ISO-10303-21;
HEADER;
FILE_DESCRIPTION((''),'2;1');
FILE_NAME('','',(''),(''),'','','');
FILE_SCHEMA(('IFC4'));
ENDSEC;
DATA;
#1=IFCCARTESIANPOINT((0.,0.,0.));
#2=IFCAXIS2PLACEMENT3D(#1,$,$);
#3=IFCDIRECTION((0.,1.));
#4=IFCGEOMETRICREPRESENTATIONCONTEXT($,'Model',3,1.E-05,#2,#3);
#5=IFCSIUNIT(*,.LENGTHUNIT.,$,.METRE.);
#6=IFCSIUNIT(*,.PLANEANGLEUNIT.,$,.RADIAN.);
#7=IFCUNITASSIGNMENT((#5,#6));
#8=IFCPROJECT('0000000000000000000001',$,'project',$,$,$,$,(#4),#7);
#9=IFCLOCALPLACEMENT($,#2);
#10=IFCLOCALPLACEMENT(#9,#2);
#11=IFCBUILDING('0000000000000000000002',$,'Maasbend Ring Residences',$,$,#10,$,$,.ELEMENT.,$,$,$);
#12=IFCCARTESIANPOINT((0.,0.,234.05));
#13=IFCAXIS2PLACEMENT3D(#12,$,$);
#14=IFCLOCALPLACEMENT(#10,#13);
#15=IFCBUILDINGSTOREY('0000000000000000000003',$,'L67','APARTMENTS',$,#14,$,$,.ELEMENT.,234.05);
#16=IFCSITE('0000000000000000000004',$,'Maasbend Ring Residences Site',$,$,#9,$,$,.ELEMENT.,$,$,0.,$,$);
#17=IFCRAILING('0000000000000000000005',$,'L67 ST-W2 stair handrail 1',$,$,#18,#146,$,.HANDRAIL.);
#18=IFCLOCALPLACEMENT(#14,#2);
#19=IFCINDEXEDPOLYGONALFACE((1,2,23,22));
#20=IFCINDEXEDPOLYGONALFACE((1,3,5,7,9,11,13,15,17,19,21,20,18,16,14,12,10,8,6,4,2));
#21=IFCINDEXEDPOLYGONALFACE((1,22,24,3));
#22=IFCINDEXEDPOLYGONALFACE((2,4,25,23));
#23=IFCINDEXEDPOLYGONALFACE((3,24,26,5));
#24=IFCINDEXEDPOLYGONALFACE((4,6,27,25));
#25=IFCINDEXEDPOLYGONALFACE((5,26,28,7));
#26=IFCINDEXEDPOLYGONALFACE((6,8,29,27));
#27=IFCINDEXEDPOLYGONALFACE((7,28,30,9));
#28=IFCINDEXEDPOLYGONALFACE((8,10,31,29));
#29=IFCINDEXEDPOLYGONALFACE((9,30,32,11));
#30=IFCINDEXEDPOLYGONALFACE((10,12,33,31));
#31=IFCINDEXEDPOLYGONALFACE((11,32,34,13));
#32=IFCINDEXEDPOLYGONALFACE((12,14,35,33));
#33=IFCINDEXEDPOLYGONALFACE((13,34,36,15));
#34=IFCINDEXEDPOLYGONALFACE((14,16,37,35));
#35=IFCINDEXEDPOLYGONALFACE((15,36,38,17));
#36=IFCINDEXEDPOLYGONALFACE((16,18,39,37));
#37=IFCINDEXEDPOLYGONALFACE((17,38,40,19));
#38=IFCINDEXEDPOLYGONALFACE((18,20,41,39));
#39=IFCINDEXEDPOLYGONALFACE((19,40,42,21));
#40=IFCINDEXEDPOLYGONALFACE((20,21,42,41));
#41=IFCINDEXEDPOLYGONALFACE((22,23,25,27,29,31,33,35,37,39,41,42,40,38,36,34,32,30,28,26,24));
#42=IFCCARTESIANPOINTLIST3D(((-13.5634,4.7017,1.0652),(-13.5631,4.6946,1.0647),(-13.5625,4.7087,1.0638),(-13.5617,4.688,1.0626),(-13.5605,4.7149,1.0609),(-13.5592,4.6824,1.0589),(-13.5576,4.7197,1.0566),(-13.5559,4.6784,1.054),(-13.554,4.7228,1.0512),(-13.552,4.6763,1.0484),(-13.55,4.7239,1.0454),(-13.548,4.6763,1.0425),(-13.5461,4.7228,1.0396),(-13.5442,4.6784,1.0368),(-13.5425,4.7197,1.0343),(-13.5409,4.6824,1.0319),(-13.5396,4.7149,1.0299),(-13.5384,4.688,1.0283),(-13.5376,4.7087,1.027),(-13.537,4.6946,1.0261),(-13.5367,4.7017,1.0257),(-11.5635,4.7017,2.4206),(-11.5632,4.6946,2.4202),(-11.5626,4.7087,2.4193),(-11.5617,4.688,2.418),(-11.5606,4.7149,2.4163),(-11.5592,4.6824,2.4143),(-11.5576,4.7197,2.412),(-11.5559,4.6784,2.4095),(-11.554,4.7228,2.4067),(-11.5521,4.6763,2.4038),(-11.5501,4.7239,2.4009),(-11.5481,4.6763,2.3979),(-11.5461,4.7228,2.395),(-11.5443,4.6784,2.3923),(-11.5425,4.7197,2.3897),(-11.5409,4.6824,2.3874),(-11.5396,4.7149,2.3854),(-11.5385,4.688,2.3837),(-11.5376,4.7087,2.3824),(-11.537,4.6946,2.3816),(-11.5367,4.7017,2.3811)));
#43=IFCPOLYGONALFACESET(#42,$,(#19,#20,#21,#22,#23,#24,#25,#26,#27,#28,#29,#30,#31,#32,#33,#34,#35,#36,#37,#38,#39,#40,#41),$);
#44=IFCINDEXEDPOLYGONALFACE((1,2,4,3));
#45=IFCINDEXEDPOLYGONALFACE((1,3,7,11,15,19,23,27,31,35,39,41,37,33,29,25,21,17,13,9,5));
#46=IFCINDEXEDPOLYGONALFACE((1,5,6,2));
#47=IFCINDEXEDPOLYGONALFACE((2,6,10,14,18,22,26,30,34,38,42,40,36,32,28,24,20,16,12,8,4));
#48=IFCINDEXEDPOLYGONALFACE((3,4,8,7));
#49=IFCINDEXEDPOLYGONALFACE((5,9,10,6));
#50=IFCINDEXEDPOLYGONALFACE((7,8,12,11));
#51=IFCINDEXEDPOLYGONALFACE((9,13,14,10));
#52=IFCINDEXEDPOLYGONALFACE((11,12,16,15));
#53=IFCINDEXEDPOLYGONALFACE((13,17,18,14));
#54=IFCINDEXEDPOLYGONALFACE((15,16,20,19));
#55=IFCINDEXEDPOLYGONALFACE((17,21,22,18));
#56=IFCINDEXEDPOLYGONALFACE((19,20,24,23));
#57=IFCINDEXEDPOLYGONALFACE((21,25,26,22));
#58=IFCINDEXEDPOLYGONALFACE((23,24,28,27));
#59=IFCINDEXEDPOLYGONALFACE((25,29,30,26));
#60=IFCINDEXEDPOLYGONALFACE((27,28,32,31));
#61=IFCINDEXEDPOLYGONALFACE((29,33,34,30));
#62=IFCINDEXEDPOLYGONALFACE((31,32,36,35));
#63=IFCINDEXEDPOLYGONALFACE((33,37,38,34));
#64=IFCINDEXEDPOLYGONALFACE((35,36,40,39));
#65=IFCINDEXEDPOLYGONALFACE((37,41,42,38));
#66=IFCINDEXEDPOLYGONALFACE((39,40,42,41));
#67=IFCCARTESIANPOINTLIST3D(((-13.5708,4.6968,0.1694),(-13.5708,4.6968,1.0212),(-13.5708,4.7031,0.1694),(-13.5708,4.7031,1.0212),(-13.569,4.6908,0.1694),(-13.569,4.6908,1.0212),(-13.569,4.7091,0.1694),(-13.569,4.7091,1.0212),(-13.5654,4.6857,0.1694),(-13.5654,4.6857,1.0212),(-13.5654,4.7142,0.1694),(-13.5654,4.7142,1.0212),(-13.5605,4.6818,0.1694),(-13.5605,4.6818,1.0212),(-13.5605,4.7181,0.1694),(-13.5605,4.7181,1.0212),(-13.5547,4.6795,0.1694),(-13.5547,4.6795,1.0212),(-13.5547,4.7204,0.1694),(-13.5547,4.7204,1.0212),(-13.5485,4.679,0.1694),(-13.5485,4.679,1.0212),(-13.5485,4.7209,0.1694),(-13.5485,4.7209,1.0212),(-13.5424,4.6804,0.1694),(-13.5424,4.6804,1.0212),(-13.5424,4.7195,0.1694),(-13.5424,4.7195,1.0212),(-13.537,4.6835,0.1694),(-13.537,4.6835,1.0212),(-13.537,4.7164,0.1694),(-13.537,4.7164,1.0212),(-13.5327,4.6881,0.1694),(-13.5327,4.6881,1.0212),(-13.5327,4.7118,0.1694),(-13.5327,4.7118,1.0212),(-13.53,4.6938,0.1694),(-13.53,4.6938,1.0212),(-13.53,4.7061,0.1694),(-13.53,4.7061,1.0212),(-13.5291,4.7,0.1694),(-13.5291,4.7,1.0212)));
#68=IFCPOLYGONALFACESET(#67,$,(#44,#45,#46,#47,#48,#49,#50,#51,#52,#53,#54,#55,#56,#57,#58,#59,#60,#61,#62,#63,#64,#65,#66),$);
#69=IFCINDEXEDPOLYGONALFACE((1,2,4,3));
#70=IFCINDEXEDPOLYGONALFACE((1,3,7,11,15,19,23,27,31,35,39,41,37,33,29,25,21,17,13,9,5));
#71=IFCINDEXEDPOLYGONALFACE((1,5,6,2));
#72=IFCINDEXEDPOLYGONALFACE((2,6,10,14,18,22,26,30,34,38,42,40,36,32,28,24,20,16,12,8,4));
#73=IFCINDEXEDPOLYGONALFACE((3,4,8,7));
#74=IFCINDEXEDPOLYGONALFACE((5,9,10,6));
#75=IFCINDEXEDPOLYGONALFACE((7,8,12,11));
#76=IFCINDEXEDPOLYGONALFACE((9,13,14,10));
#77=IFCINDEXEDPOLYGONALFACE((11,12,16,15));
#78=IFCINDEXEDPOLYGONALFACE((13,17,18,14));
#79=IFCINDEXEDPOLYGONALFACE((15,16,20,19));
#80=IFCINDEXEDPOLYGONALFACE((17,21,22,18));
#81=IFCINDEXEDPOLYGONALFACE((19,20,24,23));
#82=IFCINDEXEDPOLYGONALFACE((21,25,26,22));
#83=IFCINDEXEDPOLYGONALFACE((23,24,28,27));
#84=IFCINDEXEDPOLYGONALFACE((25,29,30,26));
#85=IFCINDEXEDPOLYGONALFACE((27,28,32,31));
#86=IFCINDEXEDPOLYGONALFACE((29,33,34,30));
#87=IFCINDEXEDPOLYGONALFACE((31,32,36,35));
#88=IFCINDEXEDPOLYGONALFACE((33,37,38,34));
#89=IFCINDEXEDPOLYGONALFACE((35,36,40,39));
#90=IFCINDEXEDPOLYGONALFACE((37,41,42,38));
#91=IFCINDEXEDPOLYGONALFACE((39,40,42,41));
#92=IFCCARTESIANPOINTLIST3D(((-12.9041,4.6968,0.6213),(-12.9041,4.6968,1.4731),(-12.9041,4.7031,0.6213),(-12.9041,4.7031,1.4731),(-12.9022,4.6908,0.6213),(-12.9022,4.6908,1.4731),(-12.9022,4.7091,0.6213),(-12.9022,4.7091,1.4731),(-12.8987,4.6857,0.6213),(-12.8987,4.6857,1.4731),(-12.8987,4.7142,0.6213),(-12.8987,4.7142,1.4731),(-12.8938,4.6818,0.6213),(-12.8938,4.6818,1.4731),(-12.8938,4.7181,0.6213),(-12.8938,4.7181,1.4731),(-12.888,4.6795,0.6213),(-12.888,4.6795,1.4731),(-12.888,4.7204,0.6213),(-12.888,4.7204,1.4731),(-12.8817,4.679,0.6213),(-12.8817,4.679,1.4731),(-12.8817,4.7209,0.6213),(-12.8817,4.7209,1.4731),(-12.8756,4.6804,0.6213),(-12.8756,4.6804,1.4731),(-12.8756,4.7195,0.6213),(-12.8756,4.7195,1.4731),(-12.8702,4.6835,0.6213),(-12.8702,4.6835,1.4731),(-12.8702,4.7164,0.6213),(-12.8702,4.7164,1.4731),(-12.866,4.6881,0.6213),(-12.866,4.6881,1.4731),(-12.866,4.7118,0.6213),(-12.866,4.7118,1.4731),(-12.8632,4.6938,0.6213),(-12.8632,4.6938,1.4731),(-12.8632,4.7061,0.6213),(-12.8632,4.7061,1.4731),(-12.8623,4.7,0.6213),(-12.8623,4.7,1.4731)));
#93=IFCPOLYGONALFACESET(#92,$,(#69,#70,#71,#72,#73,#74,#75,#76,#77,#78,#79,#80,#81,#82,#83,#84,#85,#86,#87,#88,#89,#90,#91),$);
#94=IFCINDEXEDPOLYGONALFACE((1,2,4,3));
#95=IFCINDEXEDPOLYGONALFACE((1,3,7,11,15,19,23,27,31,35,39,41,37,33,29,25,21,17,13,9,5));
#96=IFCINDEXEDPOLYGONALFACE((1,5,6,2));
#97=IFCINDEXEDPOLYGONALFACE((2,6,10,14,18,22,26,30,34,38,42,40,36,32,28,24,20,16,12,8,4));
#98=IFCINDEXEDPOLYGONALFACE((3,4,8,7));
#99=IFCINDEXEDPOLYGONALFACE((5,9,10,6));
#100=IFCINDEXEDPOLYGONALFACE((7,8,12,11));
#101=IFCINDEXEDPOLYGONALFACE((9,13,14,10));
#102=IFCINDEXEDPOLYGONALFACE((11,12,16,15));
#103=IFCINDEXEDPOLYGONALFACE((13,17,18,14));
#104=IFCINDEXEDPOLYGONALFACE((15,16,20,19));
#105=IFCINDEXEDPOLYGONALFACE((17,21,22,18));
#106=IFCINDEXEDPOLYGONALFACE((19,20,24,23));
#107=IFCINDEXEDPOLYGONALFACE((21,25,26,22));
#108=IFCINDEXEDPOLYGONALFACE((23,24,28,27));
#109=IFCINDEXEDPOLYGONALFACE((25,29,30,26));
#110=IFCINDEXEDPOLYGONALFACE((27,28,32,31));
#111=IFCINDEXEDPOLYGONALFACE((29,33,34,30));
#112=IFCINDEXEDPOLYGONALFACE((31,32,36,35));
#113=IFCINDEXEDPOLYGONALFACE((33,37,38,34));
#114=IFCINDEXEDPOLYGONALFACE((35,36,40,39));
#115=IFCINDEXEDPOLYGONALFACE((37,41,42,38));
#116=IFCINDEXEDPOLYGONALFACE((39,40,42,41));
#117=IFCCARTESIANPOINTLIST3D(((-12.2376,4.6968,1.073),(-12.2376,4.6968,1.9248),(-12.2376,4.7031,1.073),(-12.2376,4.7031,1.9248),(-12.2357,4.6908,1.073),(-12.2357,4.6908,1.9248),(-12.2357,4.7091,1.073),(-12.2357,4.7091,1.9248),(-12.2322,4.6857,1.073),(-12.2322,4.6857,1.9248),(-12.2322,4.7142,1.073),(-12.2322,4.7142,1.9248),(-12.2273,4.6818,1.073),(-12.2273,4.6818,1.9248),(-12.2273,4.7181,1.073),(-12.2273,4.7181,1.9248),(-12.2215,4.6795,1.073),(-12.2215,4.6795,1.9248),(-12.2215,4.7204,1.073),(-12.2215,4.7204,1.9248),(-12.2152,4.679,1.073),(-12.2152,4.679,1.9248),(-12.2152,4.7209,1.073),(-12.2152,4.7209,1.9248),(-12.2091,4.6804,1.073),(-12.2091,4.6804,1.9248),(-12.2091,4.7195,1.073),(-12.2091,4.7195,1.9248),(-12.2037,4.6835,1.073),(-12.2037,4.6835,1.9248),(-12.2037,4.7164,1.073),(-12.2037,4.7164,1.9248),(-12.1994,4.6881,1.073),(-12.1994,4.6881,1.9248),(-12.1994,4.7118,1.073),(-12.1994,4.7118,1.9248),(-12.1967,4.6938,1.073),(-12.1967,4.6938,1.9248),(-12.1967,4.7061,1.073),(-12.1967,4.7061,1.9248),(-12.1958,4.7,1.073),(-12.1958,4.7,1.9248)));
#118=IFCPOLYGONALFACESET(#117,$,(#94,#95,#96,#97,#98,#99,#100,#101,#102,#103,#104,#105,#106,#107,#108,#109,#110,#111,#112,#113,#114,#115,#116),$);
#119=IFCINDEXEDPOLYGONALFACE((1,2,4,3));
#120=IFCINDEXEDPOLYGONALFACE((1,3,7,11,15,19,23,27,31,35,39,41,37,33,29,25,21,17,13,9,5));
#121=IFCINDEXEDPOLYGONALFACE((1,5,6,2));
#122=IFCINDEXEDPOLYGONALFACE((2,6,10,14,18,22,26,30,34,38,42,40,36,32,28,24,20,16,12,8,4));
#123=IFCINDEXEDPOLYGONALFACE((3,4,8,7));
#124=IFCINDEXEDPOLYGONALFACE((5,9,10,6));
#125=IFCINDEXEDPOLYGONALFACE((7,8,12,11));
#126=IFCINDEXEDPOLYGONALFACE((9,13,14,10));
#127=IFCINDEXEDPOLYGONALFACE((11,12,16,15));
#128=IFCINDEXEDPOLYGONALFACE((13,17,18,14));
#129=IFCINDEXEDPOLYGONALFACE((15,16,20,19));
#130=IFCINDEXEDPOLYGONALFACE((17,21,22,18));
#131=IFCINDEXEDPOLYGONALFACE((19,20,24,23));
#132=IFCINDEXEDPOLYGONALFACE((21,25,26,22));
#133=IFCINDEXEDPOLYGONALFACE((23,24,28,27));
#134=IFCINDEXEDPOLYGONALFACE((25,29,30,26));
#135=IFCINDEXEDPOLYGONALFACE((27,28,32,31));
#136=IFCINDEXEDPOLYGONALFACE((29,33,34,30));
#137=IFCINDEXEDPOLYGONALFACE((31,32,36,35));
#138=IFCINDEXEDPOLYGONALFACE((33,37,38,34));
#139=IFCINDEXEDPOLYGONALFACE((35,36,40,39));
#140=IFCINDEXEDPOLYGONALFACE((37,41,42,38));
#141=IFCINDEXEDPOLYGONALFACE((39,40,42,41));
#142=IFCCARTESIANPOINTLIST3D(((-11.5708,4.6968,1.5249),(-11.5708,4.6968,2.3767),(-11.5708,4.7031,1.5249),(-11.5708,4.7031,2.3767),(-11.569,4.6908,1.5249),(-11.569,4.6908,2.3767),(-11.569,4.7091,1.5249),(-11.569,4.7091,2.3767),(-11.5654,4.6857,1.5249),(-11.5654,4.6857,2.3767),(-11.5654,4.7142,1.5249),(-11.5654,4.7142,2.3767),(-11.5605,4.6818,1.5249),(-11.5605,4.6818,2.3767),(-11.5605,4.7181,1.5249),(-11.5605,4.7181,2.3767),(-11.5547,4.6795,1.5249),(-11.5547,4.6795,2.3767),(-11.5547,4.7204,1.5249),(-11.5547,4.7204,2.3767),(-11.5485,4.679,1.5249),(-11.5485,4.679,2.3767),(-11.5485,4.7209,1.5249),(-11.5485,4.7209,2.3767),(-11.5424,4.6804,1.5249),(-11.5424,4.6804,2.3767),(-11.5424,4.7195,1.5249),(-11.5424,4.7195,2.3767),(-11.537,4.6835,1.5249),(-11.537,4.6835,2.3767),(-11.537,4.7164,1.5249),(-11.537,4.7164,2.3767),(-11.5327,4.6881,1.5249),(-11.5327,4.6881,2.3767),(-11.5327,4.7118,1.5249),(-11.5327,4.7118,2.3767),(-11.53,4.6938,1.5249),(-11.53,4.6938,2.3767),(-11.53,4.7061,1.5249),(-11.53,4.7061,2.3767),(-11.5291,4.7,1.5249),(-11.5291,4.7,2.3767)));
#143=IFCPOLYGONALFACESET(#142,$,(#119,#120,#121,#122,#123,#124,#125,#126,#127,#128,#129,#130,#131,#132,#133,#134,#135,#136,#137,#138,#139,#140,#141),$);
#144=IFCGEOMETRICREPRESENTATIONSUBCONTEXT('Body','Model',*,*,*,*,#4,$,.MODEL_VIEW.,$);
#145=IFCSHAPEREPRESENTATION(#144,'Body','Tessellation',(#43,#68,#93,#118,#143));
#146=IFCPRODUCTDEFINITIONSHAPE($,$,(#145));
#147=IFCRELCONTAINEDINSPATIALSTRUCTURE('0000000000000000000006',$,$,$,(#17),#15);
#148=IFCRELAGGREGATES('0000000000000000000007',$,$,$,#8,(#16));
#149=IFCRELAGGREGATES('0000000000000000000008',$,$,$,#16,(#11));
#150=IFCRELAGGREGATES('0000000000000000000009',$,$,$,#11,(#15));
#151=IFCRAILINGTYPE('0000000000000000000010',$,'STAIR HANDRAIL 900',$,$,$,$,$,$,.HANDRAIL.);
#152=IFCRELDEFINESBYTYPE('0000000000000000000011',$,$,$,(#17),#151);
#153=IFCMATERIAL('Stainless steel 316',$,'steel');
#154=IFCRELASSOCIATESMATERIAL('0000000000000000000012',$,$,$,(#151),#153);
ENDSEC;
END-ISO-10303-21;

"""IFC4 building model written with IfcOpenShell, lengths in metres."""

from ifc_helpers import new_model, si_unit, direction, frame, origin, origin_2d, place, context, subcontext, project, spatial, circle, extrude, material, type_object, element, save


model = new_model("IFC4")

# Units and contexts
model_context = context("Model", 3, precision=1e-05, world=origin(), true_north=direction((0.0, 1.0)))
body_context = subcontext(model_context, "Body", "Model", "MODEL_VIEW")
ifc_project = project(units=[si_unit("LENGTHUNIT", "METRE"), si_unit("PLANEANGLEUNIT", "RADIAN")], contexts=[model_context])

# Site, building, storey
site_placement = place(None, origin())
site = spatial("IfcSite", under=ifc_project, at=site_placement, Name="Maasbend Ring Residences Site", CompositionType="ELEMENT", RefElevation=0.0)
building_placement = place(site_placement, origin())
building = spatial("IfcBuilding", under=site, at=building_placement, Name="Maasbend Ring Residences", CompositionType="ELEMENT")
storey_placement = place(building_placement, frame((0.0, 0.0, 234.05)))
storey = spatial("IfcBuildingStorey", under=building, at=storey_placement, Name="L67", Description="APARTMENTS", CompositionType="ELEMENT", Elevation=234.05)

# Railing
ifc_material_1 = material(Name="Stainless steel 316", Category="steel")
railing_type_1 = type_object("IfcRailingType", Name="STAIR HANDRAIL 900", PredefinedType="HANDRAIL", material=ifc_material_1)
railing_1_placement = place(storey_placement, frame((-13.55, 4.7, 0.1694)))
element("IfcRailing", 1, at=railing_1_placement, inside=storey, type_object=railing_type_1, Name="L67 ST-W2 stair handrail 1", PredefinedType="HANDRAIL", context=body_context, shape_type="SweptSolid", body=[
    extrude(circle(Radius=0.0239, at=origin_2d()), frame((0.0, 0.0, 0.876), z_axis=(0.827798, 0.0, 0.561027), x_axis=(0.0, 1.0, 0.0)), (0.0, 0.0, 1.0), 2.416),
    extrude(circle(Radius=0.021, at=origin_2d()), origin(), (0.0, 0.0, 1.0), 0.8518),
    extrude(circle(Radius=0.021, at=origin_2d()), frame((0.6667, 0.0, 0.4519)), (0.0, 0.0, 1.0), 0.8518),
    extrude(circle(Radius=0.021, at=origin_2d()), frame((1.3333, 0.0, 0.9036)), (0.0, 0.0, 1.0), 0.8518),
    extrude(circle(Radius=0.021, at=origin_2d()), frame((2.0, 0.0, 1.3555)), (0.0, 0.0, 1.0), 0.8518),
])

save(model, "model.ifc")
